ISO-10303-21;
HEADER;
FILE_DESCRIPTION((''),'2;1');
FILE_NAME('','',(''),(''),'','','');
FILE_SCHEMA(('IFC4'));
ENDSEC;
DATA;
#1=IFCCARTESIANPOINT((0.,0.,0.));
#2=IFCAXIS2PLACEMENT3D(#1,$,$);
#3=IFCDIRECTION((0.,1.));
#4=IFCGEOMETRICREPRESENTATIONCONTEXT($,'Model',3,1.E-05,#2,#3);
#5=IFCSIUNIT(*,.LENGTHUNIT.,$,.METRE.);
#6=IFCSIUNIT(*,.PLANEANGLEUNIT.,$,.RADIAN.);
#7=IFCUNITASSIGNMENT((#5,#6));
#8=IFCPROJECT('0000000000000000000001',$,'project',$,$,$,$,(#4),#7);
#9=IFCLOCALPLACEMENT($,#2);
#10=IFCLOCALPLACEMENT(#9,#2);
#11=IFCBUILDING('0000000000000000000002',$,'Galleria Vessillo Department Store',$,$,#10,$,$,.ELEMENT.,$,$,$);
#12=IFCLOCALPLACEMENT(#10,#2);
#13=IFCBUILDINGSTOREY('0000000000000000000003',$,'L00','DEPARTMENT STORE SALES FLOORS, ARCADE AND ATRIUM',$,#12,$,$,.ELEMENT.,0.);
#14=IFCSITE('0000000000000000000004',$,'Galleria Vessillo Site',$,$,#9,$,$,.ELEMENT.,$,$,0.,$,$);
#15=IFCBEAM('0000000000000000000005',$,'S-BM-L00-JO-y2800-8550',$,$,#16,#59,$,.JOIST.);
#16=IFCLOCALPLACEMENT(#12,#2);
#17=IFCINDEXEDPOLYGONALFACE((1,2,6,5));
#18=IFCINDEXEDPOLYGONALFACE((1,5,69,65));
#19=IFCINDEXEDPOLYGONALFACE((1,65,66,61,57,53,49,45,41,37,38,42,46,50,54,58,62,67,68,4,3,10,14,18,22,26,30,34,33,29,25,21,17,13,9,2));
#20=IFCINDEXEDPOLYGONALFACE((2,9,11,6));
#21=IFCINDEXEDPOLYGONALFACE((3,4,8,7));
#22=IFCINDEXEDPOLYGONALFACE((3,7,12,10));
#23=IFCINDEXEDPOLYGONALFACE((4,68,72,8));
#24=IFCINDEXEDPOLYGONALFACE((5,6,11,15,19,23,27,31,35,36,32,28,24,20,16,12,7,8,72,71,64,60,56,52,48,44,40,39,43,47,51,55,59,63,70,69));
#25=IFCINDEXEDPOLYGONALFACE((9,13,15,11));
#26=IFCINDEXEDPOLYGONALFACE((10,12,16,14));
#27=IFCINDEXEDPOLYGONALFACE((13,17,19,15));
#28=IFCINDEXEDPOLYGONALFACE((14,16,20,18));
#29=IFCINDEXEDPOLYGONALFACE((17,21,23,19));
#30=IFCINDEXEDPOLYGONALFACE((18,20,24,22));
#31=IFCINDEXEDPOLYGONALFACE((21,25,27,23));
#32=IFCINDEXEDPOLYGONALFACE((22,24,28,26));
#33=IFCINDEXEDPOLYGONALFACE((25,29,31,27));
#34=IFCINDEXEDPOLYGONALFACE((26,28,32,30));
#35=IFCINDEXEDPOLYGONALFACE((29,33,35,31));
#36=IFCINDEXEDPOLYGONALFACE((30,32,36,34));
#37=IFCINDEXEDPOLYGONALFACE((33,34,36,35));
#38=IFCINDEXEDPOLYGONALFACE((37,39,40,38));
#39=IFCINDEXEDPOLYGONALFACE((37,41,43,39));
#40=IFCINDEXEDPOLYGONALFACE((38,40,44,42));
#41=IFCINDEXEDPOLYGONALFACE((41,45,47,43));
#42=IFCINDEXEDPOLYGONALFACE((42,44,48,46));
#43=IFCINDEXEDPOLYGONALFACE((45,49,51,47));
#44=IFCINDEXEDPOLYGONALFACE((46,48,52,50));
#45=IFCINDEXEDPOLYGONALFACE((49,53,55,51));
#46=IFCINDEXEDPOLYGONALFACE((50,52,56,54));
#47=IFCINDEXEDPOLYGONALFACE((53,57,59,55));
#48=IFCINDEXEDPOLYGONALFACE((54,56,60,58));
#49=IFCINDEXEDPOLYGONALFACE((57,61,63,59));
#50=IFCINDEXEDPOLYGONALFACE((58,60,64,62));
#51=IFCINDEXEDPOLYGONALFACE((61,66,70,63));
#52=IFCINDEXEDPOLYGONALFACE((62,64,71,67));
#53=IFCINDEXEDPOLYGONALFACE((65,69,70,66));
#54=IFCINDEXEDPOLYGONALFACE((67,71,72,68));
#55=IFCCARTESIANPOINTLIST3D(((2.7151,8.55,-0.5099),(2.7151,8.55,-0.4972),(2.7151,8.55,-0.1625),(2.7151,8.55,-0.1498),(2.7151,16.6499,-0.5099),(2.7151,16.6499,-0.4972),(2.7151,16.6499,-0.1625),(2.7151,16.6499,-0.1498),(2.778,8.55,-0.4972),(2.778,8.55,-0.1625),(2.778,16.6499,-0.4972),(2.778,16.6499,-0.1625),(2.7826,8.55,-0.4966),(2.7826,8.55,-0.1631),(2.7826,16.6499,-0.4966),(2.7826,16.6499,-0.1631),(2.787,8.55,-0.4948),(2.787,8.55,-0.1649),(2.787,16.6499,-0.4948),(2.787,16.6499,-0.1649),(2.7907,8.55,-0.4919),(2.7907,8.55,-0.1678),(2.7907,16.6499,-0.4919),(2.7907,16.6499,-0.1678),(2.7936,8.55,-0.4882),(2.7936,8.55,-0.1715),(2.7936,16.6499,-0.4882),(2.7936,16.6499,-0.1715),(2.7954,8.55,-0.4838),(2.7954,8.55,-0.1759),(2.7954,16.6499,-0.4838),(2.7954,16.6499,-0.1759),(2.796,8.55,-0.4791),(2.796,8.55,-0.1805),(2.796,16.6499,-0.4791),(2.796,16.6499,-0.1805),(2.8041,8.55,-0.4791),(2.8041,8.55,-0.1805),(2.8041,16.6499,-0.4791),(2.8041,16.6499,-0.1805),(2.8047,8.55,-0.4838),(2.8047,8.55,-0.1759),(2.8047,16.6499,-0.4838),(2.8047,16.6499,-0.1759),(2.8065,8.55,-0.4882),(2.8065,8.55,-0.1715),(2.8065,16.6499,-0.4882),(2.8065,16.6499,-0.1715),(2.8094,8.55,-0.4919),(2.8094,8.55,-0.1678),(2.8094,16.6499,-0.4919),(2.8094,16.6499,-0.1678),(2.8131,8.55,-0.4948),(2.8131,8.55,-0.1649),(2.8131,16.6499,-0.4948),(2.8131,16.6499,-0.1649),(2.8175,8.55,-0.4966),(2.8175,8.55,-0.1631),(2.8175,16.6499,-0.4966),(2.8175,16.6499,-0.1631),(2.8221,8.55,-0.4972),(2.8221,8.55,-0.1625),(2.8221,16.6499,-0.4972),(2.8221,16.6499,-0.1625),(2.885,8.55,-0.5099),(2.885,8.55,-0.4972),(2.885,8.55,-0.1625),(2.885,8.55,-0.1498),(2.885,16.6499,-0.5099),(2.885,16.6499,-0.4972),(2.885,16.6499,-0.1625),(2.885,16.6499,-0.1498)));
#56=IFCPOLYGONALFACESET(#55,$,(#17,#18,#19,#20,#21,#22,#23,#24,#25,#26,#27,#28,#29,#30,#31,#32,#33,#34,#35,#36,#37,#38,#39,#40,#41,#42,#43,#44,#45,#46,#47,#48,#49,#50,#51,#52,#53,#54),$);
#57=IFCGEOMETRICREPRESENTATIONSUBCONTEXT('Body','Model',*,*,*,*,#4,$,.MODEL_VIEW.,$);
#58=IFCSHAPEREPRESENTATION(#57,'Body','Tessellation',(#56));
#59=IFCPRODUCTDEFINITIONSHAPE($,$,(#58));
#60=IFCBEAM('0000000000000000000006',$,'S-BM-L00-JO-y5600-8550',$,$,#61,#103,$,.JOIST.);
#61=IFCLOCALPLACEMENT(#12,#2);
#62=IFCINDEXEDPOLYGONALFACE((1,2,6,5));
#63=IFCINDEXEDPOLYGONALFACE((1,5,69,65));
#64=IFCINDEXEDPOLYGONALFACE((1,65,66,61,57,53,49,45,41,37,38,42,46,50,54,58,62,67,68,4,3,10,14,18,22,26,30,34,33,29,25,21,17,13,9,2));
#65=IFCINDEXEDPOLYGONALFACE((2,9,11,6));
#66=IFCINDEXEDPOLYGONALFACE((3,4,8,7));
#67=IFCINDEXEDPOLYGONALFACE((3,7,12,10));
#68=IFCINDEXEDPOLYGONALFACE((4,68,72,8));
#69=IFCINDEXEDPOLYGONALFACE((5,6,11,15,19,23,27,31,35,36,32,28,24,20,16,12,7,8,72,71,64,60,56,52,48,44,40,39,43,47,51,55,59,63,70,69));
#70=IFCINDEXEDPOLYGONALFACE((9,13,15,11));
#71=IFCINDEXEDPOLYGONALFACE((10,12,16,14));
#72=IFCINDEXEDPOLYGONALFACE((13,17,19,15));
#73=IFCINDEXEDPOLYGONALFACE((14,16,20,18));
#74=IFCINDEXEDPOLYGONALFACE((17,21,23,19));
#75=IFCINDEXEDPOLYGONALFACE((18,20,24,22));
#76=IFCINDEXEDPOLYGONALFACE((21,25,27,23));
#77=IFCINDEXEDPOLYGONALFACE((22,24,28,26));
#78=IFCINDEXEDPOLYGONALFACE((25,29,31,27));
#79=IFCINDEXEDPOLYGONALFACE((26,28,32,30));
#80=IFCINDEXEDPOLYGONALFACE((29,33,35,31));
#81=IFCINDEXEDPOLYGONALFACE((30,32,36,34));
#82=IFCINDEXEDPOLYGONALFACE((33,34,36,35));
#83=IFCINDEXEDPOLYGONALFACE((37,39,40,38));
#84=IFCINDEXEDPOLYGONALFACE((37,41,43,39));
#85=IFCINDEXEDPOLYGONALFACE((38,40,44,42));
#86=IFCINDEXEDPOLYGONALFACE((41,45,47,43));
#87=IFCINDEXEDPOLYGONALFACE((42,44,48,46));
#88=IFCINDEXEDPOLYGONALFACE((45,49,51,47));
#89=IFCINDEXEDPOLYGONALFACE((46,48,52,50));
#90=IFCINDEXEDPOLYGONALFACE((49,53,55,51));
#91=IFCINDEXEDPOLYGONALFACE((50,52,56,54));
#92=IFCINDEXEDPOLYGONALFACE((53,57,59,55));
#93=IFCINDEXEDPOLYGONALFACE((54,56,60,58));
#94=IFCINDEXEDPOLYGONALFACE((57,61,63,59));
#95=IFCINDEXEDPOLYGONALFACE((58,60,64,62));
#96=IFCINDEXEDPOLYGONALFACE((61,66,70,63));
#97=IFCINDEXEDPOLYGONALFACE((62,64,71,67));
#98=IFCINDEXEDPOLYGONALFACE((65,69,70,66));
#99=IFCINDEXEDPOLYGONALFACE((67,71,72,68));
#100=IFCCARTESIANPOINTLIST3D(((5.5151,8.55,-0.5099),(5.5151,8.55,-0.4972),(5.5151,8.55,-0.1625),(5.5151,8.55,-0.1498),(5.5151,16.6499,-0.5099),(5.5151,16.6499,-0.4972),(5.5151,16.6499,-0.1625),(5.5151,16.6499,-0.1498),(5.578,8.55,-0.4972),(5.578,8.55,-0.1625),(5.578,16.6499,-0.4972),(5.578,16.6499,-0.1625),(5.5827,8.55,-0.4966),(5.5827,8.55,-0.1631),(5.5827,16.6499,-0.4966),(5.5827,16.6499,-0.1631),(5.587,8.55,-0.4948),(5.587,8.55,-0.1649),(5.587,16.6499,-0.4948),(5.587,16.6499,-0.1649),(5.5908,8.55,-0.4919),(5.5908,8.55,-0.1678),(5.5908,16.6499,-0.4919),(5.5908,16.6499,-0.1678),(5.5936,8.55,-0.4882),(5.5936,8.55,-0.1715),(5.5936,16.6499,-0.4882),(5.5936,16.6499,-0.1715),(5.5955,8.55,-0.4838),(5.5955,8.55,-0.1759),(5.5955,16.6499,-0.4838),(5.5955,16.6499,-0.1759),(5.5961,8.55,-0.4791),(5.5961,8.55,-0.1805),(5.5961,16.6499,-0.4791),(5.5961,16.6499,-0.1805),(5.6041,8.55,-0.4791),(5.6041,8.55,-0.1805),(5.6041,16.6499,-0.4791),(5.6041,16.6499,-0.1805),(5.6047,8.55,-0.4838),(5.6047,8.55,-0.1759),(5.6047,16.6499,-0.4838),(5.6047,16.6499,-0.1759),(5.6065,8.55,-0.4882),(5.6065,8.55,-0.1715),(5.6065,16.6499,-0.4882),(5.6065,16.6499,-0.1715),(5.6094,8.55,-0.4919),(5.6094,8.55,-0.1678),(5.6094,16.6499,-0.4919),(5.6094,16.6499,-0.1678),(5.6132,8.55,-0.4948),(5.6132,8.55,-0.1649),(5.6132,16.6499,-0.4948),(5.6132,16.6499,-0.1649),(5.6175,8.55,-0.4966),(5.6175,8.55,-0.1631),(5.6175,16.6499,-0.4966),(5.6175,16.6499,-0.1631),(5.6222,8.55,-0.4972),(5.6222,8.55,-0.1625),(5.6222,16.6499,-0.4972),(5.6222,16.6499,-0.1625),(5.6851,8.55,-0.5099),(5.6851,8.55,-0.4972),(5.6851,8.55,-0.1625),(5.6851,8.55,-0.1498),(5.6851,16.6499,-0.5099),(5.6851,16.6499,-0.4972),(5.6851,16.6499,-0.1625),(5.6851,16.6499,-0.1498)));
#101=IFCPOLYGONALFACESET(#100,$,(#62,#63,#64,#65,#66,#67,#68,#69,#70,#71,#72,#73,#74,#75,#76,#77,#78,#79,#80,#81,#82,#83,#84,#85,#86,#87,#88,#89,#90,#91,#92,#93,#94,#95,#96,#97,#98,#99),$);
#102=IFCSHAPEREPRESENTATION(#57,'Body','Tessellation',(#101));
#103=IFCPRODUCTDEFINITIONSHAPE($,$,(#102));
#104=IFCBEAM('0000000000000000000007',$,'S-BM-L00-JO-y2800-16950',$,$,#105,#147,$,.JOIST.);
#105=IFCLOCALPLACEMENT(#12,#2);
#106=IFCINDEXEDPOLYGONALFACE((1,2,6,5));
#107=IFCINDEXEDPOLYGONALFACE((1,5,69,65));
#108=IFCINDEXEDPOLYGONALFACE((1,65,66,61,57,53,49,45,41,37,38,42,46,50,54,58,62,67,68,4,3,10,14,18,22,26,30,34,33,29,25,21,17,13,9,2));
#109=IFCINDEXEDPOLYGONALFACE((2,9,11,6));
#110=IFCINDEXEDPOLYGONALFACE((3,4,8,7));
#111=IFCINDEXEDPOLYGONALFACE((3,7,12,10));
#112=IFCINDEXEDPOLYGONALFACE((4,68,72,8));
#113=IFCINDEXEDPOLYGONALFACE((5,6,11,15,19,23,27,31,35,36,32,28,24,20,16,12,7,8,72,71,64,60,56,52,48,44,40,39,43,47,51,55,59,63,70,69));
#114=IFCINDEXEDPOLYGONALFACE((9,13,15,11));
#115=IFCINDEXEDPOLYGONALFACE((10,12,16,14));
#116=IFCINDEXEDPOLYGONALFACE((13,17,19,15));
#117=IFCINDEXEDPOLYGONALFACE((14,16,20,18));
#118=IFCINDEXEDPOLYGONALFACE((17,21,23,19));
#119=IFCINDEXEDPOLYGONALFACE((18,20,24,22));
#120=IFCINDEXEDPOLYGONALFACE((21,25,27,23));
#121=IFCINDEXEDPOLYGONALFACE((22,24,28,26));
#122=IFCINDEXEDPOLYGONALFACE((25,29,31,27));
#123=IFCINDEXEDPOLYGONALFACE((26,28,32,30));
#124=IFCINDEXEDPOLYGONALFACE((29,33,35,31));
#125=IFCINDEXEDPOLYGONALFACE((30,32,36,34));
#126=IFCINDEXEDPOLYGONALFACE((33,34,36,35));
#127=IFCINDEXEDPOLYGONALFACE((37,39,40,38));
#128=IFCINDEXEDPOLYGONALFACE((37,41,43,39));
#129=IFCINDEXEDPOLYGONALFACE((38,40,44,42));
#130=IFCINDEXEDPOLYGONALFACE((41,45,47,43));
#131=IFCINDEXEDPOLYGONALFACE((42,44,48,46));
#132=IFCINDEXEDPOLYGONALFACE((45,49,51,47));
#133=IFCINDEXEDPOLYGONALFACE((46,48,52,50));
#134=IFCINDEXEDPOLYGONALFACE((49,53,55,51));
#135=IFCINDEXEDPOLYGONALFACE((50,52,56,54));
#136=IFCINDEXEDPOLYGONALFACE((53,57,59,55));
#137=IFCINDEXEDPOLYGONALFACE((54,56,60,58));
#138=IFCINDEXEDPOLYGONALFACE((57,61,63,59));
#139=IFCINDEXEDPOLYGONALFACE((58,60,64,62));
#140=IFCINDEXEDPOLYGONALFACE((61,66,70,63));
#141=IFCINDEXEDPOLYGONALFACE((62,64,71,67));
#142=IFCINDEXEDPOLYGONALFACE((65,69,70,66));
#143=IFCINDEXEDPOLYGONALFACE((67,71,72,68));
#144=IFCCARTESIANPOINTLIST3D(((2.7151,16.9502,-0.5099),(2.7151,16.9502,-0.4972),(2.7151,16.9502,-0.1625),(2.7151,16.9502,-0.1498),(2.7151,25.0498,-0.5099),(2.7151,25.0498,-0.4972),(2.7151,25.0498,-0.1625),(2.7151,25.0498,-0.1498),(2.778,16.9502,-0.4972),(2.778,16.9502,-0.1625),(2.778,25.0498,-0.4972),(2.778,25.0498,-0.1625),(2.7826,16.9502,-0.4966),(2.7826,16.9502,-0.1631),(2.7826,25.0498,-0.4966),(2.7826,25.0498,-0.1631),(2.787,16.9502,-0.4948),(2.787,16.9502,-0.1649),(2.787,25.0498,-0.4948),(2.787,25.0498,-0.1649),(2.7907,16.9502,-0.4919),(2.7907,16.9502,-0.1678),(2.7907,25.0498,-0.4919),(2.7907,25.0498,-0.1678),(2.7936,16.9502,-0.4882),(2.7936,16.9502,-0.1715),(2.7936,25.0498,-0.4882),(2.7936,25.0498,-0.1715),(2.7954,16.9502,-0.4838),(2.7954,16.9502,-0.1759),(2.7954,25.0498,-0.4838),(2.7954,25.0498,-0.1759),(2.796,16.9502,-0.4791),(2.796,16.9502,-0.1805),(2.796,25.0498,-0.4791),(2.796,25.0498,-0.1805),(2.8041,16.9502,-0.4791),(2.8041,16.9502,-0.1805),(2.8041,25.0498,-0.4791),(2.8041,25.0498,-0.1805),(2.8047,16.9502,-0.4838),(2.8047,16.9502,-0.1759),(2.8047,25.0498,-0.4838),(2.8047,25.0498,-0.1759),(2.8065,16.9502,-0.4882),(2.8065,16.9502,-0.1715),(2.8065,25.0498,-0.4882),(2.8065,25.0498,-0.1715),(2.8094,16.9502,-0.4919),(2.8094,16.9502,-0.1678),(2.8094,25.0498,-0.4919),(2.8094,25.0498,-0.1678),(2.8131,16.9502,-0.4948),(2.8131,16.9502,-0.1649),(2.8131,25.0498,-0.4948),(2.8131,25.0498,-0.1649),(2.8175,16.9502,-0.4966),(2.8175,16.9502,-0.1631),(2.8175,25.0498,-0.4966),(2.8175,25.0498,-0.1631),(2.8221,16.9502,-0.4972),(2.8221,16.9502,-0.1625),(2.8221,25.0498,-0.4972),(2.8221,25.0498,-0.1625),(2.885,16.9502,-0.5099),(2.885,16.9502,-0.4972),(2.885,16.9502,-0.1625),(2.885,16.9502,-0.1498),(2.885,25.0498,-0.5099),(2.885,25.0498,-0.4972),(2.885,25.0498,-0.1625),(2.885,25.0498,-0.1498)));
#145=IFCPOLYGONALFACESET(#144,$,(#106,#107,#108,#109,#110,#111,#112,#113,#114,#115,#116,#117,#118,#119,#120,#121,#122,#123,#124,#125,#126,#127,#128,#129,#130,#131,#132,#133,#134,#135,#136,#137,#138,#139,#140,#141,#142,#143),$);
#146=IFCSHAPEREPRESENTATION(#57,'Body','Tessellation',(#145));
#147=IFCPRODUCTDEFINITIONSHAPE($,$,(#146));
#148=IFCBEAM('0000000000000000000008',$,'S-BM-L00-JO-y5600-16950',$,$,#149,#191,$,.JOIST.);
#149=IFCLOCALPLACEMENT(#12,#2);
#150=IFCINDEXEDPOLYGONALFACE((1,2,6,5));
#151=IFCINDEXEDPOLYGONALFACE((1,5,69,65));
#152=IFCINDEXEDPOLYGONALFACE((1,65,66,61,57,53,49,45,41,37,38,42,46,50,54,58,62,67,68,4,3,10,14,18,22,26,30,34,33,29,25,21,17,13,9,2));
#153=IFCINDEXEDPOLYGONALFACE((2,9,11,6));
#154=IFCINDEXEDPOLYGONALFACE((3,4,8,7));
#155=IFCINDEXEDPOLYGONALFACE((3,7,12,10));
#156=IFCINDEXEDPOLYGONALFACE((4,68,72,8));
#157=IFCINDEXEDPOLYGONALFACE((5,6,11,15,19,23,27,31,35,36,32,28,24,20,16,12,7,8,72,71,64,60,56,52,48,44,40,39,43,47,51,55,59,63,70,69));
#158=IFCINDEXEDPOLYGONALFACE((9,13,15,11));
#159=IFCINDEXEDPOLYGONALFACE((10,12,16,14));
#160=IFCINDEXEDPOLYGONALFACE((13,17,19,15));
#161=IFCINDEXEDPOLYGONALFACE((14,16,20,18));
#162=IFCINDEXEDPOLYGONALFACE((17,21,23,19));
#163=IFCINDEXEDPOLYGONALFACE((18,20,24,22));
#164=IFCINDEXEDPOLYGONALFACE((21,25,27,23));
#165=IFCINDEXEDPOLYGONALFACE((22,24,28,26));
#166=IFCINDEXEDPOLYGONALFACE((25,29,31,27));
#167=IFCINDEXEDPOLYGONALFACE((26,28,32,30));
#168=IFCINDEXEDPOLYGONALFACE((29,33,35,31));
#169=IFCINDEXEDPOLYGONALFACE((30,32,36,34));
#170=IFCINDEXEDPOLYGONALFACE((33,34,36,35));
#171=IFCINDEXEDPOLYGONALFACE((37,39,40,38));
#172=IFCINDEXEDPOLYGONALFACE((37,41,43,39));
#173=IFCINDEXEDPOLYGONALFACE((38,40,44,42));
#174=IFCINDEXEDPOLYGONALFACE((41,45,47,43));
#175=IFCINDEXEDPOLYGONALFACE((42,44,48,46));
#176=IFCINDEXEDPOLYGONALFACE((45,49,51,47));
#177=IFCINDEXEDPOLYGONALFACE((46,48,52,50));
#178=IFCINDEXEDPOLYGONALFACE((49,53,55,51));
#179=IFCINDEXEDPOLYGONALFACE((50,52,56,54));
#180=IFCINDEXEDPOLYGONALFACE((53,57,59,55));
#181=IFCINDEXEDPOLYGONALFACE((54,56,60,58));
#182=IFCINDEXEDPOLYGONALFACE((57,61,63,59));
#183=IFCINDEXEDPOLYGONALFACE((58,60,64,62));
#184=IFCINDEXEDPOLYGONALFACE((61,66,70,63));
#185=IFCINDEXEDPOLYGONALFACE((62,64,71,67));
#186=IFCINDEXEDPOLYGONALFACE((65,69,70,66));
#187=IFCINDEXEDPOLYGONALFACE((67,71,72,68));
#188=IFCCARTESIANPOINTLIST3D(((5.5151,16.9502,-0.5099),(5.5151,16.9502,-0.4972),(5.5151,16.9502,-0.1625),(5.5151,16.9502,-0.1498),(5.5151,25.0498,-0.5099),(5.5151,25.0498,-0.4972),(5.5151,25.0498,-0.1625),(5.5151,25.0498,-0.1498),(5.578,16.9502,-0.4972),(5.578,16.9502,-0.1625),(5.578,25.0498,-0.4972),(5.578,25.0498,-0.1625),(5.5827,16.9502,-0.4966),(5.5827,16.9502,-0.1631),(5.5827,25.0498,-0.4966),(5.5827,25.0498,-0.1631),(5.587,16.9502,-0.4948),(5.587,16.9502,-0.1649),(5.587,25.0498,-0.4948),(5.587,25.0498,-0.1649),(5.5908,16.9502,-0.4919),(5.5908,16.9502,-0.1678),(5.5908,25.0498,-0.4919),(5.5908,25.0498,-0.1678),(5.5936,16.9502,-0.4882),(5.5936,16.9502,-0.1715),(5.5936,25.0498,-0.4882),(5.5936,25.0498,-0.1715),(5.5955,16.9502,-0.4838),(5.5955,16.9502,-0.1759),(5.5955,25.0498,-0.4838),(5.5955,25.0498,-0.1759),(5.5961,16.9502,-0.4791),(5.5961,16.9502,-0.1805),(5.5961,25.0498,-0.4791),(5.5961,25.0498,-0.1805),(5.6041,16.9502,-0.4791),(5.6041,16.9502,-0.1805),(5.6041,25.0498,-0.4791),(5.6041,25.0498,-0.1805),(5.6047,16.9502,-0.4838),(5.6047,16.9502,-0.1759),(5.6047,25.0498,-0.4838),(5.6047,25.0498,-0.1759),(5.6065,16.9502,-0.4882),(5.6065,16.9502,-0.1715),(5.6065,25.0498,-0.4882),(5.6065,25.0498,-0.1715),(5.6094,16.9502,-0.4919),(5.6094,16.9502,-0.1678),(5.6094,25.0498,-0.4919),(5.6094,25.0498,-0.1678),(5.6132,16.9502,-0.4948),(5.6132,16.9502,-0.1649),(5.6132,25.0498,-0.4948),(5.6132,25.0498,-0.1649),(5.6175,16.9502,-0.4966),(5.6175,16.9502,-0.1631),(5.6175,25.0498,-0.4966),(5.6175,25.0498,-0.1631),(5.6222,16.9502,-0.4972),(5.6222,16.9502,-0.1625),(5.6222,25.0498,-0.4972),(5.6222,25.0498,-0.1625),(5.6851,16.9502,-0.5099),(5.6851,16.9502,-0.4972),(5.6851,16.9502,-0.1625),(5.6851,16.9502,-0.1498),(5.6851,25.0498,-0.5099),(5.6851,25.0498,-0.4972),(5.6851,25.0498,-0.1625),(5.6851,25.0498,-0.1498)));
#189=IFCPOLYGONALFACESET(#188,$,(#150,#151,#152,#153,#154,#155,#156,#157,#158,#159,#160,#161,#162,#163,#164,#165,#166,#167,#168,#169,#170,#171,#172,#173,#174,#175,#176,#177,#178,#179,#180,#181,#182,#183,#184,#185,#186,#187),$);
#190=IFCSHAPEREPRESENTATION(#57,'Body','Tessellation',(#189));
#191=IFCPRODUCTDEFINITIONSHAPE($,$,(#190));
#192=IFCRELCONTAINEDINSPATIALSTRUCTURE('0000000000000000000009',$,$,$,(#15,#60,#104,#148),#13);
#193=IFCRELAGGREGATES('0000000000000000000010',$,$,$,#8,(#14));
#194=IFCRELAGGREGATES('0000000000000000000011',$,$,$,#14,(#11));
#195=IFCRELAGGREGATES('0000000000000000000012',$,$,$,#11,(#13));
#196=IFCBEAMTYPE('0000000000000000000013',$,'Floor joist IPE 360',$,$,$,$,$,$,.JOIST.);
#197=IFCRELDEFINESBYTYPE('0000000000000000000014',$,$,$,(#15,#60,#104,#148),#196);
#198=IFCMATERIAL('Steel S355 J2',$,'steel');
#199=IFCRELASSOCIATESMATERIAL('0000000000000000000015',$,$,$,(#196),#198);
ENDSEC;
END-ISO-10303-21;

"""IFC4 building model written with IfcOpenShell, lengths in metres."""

from ifc_helpers import new_model, si_unit, direction, frame, origin, origin_2d, place, context, subcontext, project, spatial, i_section, extrude, material, material_profile, profile_set, type_object, element, save


model = new_model("IFC4")

# Units and contexts
model_context = context("Model", 3, precision=1e-05, world=origin(), true_north=direction((0.0, 1.0)))
body_context = subcontext(model_context, "Body", "Model", "MODEL_VIEW")
ifc_project = project(units=[si_unit("LENGTHUNIT", "METRE"), si_unit("PLANEANGLEUNIT", "RADIAN")], contexts=[model_context])

# Site, building, storey
site_placement = place(None, origin())
site = spatial("IfcSite", under=ifc_project, at=site_placement, Name="Galleria Vessillo Site", CompositionType="ELEMENT", RefElevation=0.0)
building_placement = place(site_placement, origin())
building = spatial("IfcBuilding", under=site, at=building_placement, Name="Galleria Vessillo Department Store", CompositionType="ELEMENT")
storey_placement = place(building_placement, origin())
storey = spatial("IfcBuildingStorey", under=building, at=storey_placement, Name="L00", Description="DEPARTMENT STORE SALES FLOORS, ARCADE AND ATRIUM", CompositionType="ELEMENT", Elevation=0.0)

# Beams
ifc_material_1 = material(Name="Steel S355 J2", Category="steel")
ifc_material_profile_1 = material_profile(ifc_material_1, i_section(OverallWidth=0.1699, OverallDepth=0.3601, WebThickness=0.0081, FlangeThickness=0.0127, FilletRadius=0.0181, at=origin_2d()), Name="IPE 360")
ifc_profile_set_1 = profile_set([ifc_material_profile_1], Name="Steel S355 J2")
beam_type_1 = type_object("IfcBeamType", Name="Floor joist IPE 360", PredefinedType="JOIST", material=ifc_profile_set_1)
for number, where, z_axis, x_axis, name in (
    (1, (2.8, 8.55, -0.3298), (0.0, 1.0, 0.0), (-1.0, 0.0, 0.0), "S-BM-L00-JO-y2800-8550"),
    (2, (5.6001, 8.55, -0.3298), (0.0, 1.0, 0.0), (-1.0, 0.0, 0.0), "S-BM-L00-JO-y5600-8550"),
):
    element("IfcBeam", number, at=place(storey_placement, frame(where, z_axis=z_axis, x_axis=x_axis)), inside=storey, type_object=beam_type_1, Name=name, PredefinedType="JOIST", context=body_context, shape_type="SweptSolid", body=[
        extrude(i_section(OverallWidth=0.1699, OverallDepth=0.3601, WebThickness=0.0081, FlangeThickness=0.0127, FilletRadius=0.0181, at=origin_2d()), origin(), (0.0, 0.0, 1.0), 8.0999),
    ])
for number, where, z_axis, x_axis, name in (
    (3, (2.8, 16.9502, -0.3298), (0.0, 1.0, 0.0), (-1.0, 0.0, 0.0), "S-BM-L00-JO-y2800-16950"),
    (4, (5.6001, 16.9502, -0.3298), (0.0, 1.0, 0.0), (-1.0, 0.0, 0.0), "S-BM-L00-JO-y5600-16950"),
):
    element("IfcBeam", number, at=place(storey_placement, frame(where, z_axis=z_axis, x_axis=x_axis)), inside=storey, type_object=beam_type_1, Name=name, PredefinedType="JOIST", context=body_context, shape_type="SweptSolid", body=[
        extrude(i_section(OverallWidth=0.1699, OverallDepth=0.3601, WebThickness=0.0081, FlangeThickness=0.0127, FilletRadius=0.0181, at=origin_2d()), origin(), (0.0, 0.0, 1.0), 8.0996),
    ])

save(model, "model.ifc")
